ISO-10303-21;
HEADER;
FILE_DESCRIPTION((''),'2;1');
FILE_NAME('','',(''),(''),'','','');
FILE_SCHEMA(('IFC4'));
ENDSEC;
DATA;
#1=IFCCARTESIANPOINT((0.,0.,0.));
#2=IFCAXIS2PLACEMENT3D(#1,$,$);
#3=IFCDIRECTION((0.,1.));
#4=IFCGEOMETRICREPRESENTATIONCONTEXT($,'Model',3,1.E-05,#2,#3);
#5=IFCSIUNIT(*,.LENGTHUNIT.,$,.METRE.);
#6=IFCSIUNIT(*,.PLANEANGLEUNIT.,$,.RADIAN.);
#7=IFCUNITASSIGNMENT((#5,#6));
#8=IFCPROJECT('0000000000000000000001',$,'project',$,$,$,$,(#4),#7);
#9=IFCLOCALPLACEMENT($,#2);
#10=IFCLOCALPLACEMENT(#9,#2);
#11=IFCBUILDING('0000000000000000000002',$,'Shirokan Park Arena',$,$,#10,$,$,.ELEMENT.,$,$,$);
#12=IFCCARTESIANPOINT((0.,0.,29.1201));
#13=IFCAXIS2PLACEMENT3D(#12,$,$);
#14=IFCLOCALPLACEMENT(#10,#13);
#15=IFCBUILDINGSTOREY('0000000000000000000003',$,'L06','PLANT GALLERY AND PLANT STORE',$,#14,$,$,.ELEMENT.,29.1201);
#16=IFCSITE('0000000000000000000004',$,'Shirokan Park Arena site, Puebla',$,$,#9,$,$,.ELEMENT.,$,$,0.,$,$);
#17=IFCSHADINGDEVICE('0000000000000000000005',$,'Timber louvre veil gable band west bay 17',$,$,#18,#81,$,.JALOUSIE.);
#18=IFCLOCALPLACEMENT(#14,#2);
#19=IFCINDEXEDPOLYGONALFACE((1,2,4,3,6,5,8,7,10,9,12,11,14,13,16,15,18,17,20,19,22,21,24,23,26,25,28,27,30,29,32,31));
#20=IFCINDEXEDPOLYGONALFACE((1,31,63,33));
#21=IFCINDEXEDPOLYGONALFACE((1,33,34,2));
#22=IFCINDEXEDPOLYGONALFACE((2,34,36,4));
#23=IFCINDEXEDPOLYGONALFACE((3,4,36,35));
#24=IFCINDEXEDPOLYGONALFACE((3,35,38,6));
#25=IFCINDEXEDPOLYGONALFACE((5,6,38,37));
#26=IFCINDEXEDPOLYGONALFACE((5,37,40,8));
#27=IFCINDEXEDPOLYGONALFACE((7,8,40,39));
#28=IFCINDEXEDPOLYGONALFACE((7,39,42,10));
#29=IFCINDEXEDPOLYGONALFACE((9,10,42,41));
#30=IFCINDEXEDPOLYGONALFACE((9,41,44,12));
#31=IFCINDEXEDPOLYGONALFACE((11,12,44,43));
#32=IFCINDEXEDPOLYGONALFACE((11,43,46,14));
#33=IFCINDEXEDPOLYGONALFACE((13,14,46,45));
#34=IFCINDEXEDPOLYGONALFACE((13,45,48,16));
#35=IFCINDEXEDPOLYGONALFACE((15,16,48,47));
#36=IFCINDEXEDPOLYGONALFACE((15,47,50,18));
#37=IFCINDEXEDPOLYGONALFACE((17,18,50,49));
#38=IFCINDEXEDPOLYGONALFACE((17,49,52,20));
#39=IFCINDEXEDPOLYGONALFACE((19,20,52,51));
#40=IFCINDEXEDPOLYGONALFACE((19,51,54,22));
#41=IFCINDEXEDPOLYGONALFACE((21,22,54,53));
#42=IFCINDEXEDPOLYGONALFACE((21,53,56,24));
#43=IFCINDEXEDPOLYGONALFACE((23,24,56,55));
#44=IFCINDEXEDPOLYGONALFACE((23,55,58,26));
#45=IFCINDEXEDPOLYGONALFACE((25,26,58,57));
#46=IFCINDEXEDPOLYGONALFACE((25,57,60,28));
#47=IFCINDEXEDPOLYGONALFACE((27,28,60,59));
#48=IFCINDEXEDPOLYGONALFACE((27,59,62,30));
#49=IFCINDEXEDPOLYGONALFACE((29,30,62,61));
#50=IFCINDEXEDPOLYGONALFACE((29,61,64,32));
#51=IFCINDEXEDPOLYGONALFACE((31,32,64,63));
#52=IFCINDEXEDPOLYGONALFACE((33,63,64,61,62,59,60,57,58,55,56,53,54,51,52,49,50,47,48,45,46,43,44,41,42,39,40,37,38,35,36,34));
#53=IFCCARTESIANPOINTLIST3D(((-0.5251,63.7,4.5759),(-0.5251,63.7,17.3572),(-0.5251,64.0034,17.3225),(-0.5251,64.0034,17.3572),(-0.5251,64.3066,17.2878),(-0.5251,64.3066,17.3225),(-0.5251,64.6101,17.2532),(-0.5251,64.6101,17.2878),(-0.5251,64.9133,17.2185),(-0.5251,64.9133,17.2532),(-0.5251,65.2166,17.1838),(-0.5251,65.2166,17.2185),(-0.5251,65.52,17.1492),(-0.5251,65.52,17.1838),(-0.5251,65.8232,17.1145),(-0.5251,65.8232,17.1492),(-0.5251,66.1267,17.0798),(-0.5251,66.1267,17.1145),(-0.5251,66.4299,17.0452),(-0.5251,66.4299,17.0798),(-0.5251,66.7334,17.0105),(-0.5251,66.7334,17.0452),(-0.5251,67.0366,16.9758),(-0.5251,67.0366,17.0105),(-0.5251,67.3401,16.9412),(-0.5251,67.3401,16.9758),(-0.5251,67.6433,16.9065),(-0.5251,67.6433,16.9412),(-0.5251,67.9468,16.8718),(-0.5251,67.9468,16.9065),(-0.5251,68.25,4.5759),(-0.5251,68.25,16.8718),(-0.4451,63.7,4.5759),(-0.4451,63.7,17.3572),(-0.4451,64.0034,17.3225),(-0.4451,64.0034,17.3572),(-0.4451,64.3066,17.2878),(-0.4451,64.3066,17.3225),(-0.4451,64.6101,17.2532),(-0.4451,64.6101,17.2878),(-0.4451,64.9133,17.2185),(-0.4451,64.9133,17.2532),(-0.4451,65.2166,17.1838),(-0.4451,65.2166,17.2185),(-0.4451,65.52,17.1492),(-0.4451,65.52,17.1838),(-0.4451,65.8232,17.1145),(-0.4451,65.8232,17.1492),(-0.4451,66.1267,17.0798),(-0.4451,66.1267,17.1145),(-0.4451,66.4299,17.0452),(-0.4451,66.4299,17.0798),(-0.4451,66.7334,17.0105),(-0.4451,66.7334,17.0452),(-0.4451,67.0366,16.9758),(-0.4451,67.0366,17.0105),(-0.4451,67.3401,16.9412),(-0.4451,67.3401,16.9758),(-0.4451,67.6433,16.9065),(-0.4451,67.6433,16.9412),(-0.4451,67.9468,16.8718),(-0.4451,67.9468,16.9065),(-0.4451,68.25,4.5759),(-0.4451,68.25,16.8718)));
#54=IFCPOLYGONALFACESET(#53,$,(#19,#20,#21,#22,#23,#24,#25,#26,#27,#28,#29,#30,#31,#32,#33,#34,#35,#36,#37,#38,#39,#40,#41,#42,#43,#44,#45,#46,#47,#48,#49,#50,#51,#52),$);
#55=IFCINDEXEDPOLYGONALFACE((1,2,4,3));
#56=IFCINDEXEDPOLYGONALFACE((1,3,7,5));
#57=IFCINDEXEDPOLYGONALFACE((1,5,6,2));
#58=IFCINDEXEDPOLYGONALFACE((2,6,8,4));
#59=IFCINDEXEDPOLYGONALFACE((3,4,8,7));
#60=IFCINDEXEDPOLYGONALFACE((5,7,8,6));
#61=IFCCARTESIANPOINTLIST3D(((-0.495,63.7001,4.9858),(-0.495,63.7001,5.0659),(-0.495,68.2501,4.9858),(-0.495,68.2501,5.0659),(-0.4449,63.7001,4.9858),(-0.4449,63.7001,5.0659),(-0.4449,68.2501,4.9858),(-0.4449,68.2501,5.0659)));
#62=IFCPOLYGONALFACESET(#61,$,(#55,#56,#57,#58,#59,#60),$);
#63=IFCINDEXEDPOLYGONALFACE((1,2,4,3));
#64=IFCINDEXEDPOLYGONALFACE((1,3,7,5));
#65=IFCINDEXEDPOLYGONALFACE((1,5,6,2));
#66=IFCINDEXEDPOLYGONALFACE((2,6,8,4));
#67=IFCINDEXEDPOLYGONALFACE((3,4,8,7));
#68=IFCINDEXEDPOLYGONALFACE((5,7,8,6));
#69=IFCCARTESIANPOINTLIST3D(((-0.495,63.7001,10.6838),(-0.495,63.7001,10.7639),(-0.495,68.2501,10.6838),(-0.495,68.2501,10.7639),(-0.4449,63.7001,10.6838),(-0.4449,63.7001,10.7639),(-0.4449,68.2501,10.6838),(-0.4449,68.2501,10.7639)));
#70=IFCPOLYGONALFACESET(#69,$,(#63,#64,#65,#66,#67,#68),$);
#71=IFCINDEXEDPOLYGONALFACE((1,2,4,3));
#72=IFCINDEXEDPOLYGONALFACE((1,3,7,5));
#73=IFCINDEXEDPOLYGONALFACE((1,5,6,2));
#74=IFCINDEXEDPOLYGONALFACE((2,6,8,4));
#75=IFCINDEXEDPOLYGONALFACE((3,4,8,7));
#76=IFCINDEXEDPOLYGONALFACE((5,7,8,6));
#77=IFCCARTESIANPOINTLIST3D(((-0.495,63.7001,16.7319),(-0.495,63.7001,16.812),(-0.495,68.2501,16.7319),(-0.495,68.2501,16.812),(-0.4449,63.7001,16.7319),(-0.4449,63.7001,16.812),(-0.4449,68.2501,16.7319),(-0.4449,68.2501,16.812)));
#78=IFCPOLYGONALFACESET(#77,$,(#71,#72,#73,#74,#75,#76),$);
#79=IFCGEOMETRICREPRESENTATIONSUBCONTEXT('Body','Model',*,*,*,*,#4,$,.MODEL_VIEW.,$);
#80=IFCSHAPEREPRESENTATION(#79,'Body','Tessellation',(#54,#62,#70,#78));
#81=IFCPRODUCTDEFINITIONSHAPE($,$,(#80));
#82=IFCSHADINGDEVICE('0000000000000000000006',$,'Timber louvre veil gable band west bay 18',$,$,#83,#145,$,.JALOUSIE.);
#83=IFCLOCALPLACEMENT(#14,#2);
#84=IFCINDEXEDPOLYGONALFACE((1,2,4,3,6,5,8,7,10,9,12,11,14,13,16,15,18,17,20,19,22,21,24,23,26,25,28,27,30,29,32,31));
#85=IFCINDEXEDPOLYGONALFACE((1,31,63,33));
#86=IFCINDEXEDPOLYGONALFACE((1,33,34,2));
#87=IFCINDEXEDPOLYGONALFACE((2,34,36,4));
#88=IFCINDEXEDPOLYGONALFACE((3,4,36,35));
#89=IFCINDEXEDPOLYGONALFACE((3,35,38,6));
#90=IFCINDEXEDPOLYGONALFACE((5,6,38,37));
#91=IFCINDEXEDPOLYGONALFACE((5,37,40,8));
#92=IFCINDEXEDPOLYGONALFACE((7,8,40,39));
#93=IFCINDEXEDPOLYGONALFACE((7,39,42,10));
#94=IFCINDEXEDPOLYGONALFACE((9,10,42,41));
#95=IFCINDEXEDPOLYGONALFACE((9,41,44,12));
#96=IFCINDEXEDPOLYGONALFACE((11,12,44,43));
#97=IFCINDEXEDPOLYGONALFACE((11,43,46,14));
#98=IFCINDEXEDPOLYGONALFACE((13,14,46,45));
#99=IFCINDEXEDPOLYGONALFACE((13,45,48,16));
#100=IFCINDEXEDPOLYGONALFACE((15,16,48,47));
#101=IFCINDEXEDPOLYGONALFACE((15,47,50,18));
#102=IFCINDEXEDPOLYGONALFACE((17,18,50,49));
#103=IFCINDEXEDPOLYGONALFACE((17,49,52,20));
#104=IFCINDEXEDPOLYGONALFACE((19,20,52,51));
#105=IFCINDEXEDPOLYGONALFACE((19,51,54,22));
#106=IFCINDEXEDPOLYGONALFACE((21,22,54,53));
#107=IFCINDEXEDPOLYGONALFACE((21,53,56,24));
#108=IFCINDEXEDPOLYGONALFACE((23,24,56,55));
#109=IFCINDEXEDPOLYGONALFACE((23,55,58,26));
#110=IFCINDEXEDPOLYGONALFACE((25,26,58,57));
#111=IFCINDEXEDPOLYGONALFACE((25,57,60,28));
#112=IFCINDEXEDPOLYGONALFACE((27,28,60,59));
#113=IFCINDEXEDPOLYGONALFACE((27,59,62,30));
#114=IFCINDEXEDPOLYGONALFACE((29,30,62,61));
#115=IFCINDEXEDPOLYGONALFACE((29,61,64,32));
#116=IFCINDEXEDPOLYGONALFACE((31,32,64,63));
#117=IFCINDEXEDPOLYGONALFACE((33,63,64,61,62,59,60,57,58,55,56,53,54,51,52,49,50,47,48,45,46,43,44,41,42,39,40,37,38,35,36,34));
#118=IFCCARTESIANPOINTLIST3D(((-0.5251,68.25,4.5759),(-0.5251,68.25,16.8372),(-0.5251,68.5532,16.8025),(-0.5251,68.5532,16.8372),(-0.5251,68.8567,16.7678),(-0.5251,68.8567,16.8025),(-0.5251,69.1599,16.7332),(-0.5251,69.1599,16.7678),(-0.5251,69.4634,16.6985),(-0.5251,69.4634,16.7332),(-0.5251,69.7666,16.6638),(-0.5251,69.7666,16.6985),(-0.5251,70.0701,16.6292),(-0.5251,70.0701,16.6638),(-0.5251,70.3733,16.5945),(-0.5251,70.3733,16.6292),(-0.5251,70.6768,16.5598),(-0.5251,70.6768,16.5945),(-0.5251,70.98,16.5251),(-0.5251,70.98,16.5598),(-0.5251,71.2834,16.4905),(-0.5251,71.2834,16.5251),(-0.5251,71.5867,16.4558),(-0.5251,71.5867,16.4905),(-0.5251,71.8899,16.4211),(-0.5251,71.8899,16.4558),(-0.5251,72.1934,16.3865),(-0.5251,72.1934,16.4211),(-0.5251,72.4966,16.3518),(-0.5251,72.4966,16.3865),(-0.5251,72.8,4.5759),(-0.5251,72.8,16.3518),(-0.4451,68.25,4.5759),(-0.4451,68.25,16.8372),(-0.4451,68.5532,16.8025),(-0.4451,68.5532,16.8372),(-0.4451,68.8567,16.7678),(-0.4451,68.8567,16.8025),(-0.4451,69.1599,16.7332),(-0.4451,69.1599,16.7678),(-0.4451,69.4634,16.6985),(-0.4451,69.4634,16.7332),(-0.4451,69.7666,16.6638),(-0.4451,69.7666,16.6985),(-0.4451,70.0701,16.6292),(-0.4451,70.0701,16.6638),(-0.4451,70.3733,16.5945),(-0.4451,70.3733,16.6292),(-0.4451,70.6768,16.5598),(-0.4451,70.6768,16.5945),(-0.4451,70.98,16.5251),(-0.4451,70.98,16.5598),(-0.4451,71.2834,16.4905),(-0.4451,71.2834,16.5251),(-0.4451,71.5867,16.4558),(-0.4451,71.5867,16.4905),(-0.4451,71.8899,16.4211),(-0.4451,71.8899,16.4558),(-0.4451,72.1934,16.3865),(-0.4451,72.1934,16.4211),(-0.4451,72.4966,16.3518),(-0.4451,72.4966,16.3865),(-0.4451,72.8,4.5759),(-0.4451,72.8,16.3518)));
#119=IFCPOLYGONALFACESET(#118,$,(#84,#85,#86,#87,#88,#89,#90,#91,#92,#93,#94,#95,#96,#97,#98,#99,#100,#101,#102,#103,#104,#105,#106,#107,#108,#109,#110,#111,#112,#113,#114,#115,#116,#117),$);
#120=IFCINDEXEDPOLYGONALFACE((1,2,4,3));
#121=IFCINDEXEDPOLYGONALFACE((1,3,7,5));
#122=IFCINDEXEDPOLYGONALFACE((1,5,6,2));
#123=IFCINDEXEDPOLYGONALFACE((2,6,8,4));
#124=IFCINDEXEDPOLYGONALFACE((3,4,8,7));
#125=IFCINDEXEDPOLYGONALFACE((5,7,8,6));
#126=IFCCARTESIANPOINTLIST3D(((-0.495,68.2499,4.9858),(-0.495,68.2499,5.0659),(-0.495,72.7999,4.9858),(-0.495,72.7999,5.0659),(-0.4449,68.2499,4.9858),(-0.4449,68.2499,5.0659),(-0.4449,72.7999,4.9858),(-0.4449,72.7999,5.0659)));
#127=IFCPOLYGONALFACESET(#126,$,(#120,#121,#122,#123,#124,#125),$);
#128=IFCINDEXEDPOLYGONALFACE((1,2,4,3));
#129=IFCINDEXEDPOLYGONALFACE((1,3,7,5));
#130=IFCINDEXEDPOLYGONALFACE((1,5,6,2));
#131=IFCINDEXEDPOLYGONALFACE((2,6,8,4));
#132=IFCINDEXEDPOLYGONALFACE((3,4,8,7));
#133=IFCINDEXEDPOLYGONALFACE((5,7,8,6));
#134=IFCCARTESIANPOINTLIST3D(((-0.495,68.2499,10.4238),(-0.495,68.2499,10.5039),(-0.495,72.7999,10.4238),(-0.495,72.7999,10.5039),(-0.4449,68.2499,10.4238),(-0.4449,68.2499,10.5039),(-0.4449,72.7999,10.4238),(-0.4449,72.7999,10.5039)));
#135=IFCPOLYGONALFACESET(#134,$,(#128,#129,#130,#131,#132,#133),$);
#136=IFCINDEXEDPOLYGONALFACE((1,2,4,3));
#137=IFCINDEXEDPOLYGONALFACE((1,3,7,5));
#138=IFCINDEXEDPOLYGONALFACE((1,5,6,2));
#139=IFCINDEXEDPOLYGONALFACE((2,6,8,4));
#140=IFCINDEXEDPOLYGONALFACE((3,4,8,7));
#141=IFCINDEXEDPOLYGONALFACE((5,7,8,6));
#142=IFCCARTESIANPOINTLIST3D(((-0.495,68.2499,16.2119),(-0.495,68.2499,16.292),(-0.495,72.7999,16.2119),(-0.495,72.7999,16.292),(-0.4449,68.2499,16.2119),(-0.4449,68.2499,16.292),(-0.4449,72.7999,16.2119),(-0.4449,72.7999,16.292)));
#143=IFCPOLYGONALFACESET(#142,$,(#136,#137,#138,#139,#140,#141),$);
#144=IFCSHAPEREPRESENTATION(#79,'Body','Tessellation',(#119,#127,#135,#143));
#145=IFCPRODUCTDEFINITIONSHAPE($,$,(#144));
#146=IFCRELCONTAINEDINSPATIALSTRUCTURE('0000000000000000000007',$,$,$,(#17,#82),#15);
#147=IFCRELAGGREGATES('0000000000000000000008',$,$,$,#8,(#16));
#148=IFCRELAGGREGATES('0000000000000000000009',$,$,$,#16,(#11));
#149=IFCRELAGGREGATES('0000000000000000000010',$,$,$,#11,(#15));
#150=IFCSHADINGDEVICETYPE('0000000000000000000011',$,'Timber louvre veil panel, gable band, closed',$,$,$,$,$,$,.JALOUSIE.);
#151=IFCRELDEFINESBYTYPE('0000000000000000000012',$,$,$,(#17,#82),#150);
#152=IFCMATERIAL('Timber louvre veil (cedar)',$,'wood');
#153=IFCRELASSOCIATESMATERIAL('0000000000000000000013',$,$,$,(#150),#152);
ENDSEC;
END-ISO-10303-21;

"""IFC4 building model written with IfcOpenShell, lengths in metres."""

from ifc_helpers import new_model, si_unit, direction, frame, origin, origin_2d, place, context, subcontext, project, spatial, polyline, rectangle, outline, extrude, material, type_object, element, save


model = new_model("IFC4")

# Units and contexts
model_context = context("Model", 3, precision=1e-05, world=origin(), true_north=direction((0.0, 1.0)))
body_context = subcontext(model_context, "Body", "Model", "MODEL_VIEW")
ifc_project = project(units=[si_unit("LENGTHUNIT", "METRE"), si_unit("PLANEANGLEUNIT", "RADIAN")], contexts=[model_context])

# Site, building, storey
site_placement = place(None, origin())
site = spatial("IfcSite", under=ifc_project, at=site_placement, Name="Shirokan Park Arena site, Puebla", CompositionType="ELEMENT", RefElevation=0.0)
building_placement = place(site_placement, origin())
building = spatial("IfcBuilding", under=site, at=building_placement, Name="Shirokan Park Arena", CompositionType="ELEMENT")
storey_placement = place(building_placement, frame((0.0, 0.0, 29.1201)))
storey = spatial("IfcBuildingStorey", under=building, at=storey_placement, Name="L06", Description="PLANT GALLERY AND PLANT STORE", CompositionType="ELEMENT", Elevation=29.1201)

# Shading devices
ifc_material = material(Name="Timber louvre veil (cedar)", Category="wood")
shading_device_type_1 = type_object("IfcShadingDeviceType", Name="Timber louvre veil panel, gable band, closed", PredefinedType="JALOUSIE", material=ifc_material)
shading_device_1_placement = place(storey_placement, origin())
element("IfcShadingDevice", 1, at=shading_device_1_placement, inside=storey, type_object=shading_device_type_1, Name="Timber louvre veil gable band west bay 17", PredefinedType="JALOUSIE", context=body_context, shape_type="SweptSolid", body=[
    extrude(outline(polyline([(68.25, 4.5759), (68.25, 16.8718), (67.9468, 16.8718), (67.9468, 16.9065), (67.6433, 16.9065), (67.6433, 16.9412), (67.3401, 16.9412), (67.3401, 16.9758), (67.0366, 16.9758), (67.0366, 17.0105), (66.7334, 17.0105), (66.7334, 17.0452), (66.4299, 17.0452), (66.4299, 17.0798), (66.1267, 17.0798), (66.1267, 17.1145), (65.8232, 17.1145), (65.8232, 17.1492), (65.52, 17.1492), (65.52, 17.1838), (65.2166, 17.1838), (65.2166, 17.2185), (64.9133, 17.2185), (64.9133, 17.2532), (64.6101, 17.2532), (64.6101, 17.2878), (64.3066, 17.2878), (64.3066, 17.3225), (64.0034, 17.3225), (64.0034, 17.3572), (63.7, 17.3572), (63.7, 4.5759), (68.25, 4.5759)])), frame((-0.5251, 0.0, 0.0), z_axis=(1.0, 0.0, 0.0), x_axis=(0.0, 1.0, 0.0)), (0.0, 0.0, 1.0), 0.0801),
    extrude(rectangle(XDim=0.05, YDim=4.55, at=origin_2d()), frame((-0.47, 65.9751, 4.9858), z_axis=(0.0, 0.0, 1.0), x_axis=(1.0, 0.0, 0.0)), (0.0, 0.0, 1.0), 0.0801),
    extrude(rectangle(XDim=0.05, YDim=4.55, at=origin_2d()), frame((-0.47, 65.9751, 10.6838), z_axis=(0.0, 0.0, 1.0), x_axis=(1.0, 0.0, 0.0)), (0.0, 0.0, 1.0), 0.0801),
    extrude(rectangle(XDim=0.05, YDim=4.55, at=origin_2d()), frame((-0.47, 65.9751, 16.7319), z_axis=(0.0, 0.0, 1.0), x_axis=(1.0, 0.0, 0.0)), (0.0, 0.0, 1.0), 0.0801),
])
shading_device_2_placement = place(storey_placement, origin())
element("IfcShadingDevice", 2, at=shading_device_2_placement, inside=storey, type_object=shading_device_type_1, Name="Timber louvre veil gable band west bay 18", PredefinedType="JALOUSIE", context=body_context, shape_type="SweptSolid", body=[
    extrude(outline(polyline([(72.8, 4.5759), (72.8, 16.3518), (72.4966, 16.3518), (72.4966, 16.3865), (72.1934, 16.3865), (72.1934, 16.4211), (71.8899, 16.4211), (71.8899, 16.4558), (71.5867, 16.4558), (71.5867, 16.4905), (71.2834, 16.4905), (71.2834, 16.5251), (70.98, 16.5251), (70.98, 16.5598), (70.6768, 16.5598), (70.6768, 16.5945), (70.3733, 16.5945), (70.3733, 16.6292), (70.0701, 16.6292), (70.0701, 16.6638), (69.7666, 16.6638), (69.7666, 16.6985), (69.4634, 16.6985), (69.4634, 16.7332), (69.1599, 16.7332), (69.1599, 16.7678), (68.8567, 16.7678), (68.8567, 16.8025), (68.5532, 16.8025), (68.5532, 16.8372), (68.25, 16.8372), (68.25, 4.5759), (72.8, 4.5759)])), frame((-0.5251, 0.0, 0.0), z_axis=(1.0, 0.0, 0.0), x_axis=(0.0, 1.0, 0.0)), (0.0, 0.0, 1.0), 0.0801),
    extrude(rectangle(XDim=0.05, YDim=4.55, at=origin_2d()), frame((-0.47, 70.5249, 4.9858), z_axis=(0.0, 0.0, 1.0), x_axis=(1.0, 0.0, 0.0)), (0.0, 0.0, 1.0), 0.0801),
    extrude(rectangle(XDim=0.05, YDim=4.55, at=origin_2d()), frame((-0.47, 70.5249, 10.4238), z_axis=(0.0, 0.0, 1.0), x_axis=(1.0, 0.0, 0.0)), (0.0, 0.0, 1.0), 0.0801),
    extrude(rectangle(XDim=0.05, YDim=4.55, at=origin_2d()), frame((-0.47, 70.5249, 16.2119), z_axis=(0.0, 0.0, 1.0), x_axis=(1.0, 0.0, 0.0)), (0.0, 0.0, 1.0), 0.0801),
])

save(model, "model.ifc")
